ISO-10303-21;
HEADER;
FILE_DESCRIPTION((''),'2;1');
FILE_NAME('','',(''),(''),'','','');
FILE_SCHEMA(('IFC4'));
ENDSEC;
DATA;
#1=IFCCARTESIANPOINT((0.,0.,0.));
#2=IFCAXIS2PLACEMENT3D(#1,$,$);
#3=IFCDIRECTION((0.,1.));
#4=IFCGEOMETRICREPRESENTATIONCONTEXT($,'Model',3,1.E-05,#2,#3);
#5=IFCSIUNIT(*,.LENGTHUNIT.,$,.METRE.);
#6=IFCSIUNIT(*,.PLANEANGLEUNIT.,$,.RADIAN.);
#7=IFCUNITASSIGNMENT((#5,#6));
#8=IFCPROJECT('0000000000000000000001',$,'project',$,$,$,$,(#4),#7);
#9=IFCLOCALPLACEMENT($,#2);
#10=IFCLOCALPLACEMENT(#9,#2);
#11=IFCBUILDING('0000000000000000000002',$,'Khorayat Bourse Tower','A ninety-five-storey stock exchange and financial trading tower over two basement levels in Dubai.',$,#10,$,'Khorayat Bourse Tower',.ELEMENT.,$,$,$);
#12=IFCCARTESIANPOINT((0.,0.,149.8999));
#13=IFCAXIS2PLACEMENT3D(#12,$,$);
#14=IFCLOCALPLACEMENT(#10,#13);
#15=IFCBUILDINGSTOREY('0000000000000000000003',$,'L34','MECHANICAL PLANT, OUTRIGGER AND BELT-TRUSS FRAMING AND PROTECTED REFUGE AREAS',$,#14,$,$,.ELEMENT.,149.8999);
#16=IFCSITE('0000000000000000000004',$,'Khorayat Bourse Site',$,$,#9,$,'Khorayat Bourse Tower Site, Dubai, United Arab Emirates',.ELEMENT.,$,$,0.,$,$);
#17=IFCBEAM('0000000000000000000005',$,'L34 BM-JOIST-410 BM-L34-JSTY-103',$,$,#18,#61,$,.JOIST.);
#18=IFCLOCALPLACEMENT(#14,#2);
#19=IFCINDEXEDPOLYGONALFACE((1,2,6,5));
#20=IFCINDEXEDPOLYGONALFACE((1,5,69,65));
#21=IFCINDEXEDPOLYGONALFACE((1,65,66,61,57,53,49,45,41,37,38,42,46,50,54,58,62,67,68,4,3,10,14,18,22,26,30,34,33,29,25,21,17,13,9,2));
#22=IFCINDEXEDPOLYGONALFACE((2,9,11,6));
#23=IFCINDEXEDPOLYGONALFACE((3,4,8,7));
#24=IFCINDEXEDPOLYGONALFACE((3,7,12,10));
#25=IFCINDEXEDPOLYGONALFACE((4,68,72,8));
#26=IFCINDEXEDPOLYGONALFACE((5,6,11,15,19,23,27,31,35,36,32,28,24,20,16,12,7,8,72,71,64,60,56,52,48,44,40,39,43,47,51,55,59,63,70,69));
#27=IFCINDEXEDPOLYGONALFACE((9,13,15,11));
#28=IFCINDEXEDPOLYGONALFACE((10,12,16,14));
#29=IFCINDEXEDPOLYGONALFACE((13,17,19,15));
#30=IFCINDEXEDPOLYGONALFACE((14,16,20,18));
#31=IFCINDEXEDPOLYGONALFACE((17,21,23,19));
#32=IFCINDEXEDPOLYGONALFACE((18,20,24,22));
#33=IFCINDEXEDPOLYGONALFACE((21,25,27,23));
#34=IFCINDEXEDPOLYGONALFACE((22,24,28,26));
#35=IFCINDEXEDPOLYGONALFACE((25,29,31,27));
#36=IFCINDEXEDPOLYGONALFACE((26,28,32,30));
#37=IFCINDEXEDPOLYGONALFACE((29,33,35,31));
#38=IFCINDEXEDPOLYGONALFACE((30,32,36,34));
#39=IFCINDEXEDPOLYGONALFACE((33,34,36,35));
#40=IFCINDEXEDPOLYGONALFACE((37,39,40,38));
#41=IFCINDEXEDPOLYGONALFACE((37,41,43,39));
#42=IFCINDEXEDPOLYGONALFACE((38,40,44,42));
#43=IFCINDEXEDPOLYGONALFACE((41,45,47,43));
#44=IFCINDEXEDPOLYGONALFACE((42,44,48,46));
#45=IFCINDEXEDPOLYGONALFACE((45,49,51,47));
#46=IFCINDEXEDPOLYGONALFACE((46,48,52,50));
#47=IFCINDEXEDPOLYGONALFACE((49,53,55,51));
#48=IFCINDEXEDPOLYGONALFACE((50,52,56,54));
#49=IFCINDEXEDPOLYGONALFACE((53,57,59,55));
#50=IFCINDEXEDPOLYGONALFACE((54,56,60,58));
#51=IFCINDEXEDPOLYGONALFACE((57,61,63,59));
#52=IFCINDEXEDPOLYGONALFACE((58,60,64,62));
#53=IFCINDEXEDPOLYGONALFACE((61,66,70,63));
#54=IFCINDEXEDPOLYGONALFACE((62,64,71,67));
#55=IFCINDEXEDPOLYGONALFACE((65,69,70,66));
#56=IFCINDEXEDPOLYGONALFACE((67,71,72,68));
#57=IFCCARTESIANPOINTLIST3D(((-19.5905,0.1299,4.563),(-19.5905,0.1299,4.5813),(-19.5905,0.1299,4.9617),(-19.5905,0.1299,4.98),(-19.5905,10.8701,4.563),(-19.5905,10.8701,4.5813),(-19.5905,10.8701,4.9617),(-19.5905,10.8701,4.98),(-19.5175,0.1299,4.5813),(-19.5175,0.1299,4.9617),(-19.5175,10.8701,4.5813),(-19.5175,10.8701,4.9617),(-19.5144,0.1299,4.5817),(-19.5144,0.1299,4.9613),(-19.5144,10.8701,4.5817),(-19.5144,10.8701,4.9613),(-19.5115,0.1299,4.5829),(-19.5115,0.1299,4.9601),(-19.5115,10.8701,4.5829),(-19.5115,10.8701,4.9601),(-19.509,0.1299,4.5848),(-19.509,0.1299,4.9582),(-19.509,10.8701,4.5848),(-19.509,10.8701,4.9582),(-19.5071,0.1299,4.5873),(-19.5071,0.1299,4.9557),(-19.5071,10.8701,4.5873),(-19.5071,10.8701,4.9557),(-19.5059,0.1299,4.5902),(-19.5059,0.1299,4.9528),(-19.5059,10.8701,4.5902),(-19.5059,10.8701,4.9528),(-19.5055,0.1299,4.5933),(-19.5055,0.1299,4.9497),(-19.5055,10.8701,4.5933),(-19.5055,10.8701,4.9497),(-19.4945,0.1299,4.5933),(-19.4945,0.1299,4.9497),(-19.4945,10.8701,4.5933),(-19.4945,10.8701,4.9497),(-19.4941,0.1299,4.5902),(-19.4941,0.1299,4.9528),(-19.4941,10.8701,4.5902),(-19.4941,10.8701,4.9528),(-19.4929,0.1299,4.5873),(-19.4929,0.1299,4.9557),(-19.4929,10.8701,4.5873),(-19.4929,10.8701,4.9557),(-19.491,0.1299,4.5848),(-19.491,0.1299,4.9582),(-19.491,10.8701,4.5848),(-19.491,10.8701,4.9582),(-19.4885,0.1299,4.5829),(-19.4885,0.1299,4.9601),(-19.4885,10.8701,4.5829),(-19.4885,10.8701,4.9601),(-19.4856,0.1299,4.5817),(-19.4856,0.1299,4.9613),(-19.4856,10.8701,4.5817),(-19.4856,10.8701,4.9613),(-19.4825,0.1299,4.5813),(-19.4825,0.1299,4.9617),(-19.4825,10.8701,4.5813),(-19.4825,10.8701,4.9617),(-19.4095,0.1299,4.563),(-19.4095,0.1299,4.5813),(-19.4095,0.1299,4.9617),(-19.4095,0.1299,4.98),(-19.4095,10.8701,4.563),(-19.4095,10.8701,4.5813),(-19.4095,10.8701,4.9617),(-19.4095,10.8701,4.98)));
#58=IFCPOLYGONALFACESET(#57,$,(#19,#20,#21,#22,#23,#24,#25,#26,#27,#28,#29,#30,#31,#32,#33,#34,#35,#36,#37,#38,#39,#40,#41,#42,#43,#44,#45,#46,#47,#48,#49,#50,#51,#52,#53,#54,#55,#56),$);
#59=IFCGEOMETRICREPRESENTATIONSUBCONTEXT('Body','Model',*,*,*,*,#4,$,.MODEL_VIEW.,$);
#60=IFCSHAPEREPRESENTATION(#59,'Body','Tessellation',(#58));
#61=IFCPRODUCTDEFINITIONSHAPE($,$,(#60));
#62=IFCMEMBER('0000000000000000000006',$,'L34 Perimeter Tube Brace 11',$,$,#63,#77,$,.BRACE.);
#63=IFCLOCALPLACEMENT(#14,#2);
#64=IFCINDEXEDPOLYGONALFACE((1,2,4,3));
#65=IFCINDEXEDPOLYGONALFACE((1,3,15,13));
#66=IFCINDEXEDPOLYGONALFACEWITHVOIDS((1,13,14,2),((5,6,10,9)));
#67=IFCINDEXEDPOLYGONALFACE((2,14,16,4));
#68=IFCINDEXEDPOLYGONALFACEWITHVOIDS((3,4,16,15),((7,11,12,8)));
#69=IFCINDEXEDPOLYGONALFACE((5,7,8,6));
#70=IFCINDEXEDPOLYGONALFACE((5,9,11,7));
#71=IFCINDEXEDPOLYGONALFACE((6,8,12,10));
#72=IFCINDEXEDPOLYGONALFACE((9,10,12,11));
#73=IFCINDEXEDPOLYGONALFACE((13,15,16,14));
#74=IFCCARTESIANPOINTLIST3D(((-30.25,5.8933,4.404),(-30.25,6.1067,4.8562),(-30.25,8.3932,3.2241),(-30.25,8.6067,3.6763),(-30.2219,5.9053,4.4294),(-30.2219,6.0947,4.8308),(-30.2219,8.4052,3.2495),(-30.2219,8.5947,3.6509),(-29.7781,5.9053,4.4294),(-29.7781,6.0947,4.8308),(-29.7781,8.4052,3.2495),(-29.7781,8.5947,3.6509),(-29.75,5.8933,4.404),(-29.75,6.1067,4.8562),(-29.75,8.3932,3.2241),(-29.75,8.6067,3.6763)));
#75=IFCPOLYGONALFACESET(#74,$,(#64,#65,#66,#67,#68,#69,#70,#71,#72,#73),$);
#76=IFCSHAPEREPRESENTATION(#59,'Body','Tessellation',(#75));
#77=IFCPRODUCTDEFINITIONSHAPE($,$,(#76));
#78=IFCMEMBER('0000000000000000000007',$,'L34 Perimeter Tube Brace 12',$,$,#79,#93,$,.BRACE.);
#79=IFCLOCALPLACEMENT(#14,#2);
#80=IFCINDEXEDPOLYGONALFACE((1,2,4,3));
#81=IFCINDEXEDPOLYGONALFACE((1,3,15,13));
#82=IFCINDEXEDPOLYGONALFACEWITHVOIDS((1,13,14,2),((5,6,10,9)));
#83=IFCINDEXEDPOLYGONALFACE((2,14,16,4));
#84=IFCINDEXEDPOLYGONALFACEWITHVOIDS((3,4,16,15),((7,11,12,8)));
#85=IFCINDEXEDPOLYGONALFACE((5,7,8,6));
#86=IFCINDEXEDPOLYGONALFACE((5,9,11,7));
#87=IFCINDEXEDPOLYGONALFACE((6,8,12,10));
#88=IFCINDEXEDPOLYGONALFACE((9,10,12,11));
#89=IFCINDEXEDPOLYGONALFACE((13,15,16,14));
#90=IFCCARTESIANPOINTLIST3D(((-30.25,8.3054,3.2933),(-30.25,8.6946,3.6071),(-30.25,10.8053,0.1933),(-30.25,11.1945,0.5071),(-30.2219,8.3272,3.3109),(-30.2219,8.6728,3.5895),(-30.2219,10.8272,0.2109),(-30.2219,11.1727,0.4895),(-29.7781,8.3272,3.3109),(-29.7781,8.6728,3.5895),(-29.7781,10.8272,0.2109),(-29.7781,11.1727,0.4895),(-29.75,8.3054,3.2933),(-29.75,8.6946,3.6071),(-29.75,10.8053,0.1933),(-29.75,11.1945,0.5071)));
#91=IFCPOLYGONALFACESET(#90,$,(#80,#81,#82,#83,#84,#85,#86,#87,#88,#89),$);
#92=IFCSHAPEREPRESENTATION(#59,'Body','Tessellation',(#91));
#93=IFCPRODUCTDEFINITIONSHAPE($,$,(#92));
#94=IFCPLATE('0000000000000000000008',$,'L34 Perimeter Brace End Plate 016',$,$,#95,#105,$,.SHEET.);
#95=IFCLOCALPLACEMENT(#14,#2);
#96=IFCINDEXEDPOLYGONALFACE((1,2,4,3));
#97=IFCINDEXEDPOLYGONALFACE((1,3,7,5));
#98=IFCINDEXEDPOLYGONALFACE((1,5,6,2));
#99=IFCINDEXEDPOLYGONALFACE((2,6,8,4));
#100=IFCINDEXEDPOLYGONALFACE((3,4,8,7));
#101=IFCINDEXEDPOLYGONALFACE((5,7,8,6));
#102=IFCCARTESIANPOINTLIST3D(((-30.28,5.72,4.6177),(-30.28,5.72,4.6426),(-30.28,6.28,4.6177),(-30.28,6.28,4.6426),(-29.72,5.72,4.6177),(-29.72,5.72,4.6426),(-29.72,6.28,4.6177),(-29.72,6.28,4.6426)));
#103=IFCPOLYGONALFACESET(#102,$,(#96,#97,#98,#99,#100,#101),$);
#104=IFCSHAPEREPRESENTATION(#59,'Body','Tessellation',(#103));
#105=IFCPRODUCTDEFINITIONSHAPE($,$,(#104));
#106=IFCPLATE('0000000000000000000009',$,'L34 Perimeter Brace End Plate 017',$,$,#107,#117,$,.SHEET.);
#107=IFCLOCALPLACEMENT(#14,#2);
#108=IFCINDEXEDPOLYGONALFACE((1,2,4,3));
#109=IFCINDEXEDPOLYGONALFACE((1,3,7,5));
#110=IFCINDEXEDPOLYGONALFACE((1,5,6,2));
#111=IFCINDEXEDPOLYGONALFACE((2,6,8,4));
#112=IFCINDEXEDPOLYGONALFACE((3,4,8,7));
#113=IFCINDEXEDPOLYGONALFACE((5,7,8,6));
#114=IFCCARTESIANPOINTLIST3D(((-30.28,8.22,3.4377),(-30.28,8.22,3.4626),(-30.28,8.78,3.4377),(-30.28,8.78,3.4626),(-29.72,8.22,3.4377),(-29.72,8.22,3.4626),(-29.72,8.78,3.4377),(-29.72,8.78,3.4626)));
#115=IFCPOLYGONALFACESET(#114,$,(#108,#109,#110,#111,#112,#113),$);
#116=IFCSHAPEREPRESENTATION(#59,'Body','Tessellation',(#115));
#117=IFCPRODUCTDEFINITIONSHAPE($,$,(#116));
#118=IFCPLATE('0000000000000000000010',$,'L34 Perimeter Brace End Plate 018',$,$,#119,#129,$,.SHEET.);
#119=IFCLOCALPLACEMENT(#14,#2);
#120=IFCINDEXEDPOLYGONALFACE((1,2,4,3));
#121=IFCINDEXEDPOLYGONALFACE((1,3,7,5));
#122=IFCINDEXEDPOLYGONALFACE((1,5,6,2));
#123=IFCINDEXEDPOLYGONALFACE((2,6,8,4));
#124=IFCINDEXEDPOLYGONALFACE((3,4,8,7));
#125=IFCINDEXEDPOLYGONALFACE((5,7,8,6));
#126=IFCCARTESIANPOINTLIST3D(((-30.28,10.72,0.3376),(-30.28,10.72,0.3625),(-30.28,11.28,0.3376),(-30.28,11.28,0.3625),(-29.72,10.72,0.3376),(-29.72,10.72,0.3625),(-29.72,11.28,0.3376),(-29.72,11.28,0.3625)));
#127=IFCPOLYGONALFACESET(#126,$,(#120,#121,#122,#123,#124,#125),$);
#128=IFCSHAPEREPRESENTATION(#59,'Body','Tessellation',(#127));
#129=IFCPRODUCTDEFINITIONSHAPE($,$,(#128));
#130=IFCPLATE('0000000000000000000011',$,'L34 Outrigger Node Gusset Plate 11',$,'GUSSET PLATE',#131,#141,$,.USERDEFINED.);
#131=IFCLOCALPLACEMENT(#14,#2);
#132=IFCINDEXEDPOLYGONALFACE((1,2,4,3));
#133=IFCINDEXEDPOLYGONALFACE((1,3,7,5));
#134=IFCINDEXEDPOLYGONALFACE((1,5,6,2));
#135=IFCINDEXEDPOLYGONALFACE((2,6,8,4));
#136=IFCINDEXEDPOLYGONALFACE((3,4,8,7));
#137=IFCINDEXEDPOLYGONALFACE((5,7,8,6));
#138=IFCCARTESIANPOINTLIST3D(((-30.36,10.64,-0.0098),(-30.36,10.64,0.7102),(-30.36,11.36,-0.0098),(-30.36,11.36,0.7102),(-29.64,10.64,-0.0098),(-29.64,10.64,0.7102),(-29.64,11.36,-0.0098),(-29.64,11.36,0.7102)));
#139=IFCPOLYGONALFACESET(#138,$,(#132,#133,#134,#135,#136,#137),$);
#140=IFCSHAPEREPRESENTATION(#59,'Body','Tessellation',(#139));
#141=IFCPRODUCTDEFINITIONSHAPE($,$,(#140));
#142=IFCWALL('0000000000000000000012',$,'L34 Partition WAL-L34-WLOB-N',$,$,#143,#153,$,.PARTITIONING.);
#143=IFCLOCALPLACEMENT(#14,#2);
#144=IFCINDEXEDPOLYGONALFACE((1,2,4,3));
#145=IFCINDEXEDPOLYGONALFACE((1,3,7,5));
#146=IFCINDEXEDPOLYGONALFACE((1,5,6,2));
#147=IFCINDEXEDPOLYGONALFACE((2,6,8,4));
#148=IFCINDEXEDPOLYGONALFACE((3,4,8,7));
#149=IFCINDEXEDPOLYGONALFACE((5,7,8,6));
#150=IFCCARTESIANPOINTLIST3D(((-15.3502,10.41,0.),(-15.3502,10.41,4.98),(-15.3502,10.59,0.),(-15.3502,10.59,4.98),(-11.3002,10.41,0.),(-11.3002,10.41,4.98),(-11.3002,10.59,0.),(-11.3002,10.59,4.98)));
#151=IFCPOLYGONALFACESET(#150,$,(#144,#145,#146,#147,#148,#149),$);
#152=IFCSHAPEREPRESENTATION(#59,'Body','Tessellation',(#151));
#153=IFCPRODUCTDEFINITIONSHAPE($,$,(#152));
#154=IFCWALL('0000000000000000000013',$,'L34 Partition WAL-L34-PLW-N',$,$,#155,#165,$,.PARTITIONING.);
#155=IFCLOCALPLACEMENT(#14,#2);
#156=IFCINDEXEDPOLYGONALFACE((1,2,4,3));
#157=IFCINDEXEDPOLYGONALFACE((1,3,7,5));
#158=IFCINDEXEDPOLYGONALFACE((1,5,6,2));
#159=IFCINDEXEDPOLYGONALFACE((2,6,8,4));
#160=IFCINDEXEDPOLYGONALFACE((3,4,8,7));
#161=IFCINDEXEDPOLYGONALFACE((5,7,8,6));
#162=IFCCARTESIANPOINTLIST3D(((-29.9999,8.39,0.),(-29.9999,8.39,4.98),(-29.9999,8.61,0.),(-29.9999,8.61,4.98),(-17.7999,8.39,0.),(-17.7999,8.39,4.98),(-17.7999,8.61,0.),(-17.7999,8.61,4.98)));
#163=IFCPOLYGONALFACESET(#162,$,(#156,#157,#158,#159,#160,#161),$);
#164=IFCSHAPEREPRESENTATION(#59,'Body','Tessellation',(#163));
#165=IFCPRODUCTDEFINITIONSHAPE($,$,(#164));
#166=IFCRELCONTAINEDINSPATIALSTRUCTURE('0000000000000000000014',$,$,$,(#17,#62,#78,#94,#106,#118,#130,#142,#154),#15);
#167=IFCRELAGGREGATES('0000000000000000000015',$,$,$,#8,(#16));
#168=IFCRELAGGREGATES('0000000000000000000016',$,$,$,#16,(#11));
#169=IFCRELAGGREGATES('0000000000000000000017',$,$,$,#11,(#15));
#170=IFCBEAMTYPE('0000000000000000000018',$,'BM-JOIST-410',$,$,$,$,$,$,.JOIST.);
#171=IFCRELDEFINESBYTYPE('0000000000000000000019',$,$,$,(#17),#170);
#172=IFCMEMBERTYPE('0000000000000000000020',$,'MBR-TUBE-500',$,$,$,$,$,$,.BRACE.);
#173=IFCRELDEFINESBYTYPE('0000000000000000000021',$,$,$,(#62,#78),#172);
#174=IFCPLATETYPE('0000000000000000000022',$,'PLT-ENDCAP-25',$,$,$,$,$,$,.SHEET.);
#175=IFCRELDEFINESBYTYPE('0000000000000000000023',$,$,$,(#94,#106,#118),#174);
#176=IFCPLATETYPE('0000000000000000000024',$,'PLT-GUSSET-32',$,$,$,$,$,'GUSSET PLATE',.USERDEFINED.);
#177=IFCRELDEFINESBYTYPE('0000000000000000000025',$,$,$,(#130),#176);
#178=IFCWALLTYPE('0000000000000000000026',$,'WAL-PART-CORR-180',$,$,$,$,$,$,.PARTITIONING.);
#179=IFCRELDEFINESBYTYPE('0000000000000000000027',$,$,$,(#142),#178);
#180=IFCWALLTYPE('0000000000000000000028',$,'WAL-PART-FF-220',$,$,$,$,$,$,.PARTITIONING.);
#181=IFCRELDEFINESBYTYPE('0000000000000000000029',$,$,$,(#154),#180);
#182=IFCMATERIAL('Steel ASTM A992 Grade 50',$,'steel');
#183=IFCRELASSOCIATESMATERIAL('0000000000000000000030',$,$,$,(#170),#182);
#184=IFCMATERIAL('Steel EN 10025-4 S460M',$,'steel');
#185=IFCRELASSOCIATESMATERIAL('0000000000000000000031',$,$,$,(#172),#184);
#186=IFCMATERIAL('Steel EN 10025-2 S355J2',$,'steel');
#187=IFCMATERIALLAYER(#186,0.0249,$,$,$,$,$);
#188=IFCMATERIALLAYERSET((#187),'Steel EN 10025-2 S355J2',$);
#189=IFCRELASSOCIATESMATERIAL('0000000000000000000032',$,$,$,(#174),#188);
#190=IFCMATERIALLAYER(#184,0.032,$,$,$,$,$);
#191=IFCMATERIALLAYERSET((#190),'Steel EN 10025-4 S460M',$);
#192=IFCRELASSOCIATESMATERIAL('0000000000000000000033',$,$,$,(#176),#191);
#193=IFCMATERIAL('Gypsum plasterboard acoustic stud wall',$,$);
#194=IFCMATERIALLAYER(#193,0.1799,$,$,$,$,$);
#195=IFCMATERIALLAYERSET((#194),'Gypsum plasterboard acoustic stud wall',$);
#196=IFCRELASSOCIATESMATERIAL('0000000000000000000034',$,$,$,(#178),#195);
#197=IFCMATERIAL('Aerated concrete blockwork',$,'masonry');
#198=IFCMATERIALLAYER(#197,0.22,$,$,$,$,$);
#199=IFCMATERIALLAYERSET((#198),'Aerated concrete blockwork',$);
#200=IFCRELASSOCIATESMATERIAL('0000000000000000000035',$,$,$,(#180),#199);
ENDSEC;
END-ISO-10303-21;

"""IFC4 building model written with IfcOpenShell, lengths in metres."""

from ifc_helpers import new_model, si_unit, direction, frame, frame_2d, origin, origin_2d, place, context, subcontext, project, spatial, rectangle, hollow_rectangle, i_section, extrude, source, transform, mapped, material, layer, layer_set, material_profile, profile_set, type_object, element, save


model = new_model("IFC4")

# Units and contexts
model_context = context("Model", 3, precision=1e-05, world=origin(), true_north=direction((0.0, 1.0)))
body_context = subcontext(model_context, "Body", "Model", "MODEL_VIEW")
ifc_project = project(units=[si_unit("LENGTHUNIT", "METRE"), si_unit("PLANEANGLEUNIT", "RADIAN")], contexts=[model_context])

# Site, building, storey
site_placement = place(None, origin())
site = spatial("IfcSite", under=ifc_project, at=site_placement, Name="Khorayat Bourse Site", LongName="Khorayat Bourse Tower Site, Dubai, United Arab Emirates", CompositionType="ELEMENT", RefElevation=0.0)
building_placement = place(site_placement, origin())
building = spatial("IfcBuilding", under=site, at=building_placement, Name="Khorayat Bourse Tower", Description="A ninety-five-storey stock exchange and financial trading tower over two basement levels in Dubai.", LongName="Khorayat Bourse Tower", CompositionType="ELEMENT")
storey_placement = place(building_placement, frame((0.0, 0.0, 149.8999)))
storey = spatial("IfcBuildingStorey", under=building, at=storey_placement, Name="L34", Description="MECHANICAL PLANT, OUTRIGGER AND BELT-TRUSS FRAMING AND PROTECTED REFUGE AREAS", CompositionType="ELEMENT", Elevation=149.8999)

# Shared definitions
ifc_material_1 = material(Name="Steel EN 10025-4 S460M", Category="steel")

# Beam
ifc_material_2 = material(Name="Steel ASTM A992 Grade 50", Category="steel")
ifc_material_profile_1 = material_profile(ifc_material_2, i_section(OverallWidth=0.1809, OverallDepth=0.417, WebThickness=0.011, FlangeThickness=0.0183, FilletRadius=0.012, at=origin_2d()), Name="W410X85")
ifc_profile_set_1 = profile_set([ifc_material_profile_1], Name="Steel ASTM A992 Grade 50")
beam_type_1 = type_object("IfcBeamType", Name="BM-JOIST-410", PredefinedType="JOIST", material=ifc_profile_set_1)
shared_shape_1 = source(origin(), body_context, "Body", "SweptSolid", [
    extrude(i_section(OverallWidth=0.1809, OverallDepth=0.417, WebThickness=0.011, FlangeThickness=0.0183, FilletRadius=0.012, at=origin_2d()), origin(), (0.0, 0.0, 1.0), 10.7402),
])
beam_1_placement = place(storey_placement, frame((-19.5, 0.1299, 4.7715), z_axis=(0.0, 1.0, 0.0), x_axis=(-1.0, 0.0, 0.0)))
element("IfcBeam", 1, at=beam_1_placement, inside=storey, type_object=beam_type_1, Name="L34 BM-JOIST-410 BM-L34-JSTY-103", PredefinedType="JOIST", context=body_context, shape_type="MappedRepresentation", body=[
    mapped(shared_shape_1, transform((0.0, 0.0, 0.0), scale=1.0)),
])

# Members
ifc_material_profile_2 = material_profile(ifc_material_1, hollow_rectangle(XDim=0.5, YDim=0.5, WallThickness=0.0281, at=origin_2d()), Name="HSS 500x500x28")
ifc_profile_set_2 = profile_set([ifc_material_profile_2], Name="Steel EN 10025-4 S460M")
member_type = type_object("IfcMemberType", Name="MBR-TUBE-500", PredefinedType="BRACE", material=ifc_profile_set_2)
shared_shape_2 = source(origin(), body_context, "Body", "SweptSolid", [
    extrude(hollow_rectangle(XDim=0.5, YDim=0.5, WallThickness=0.0281, at=origin_2d()), origin(), (0.0, 0.0, 1.0), 2.7644),
])
member_1_placement = place(storey_placement, frame((-30.0, 6.0, 4.6301), z_axis=(0.0, 0.904336, -0.426822), x_axis=(-1.0, 0.0, 0.0)))
element("IfcMember", 2, at=member_1_placement, inside=storey, type_object=member_type, Name="L34 Perimeter Tube Brace 11", PredefinedType="BRACE", context=body_context, shape_type="MappedRepresentation", body=[
    mapped(shared_shape_2, transform((0.0, 0.0, 0.0), scale=1.0)),
])
shared_shape_3 = source(origin(), body_context, "Body", "SweptSolid", [
    extrude(hollow_rectangle(XDim=0.5, YDim=0.5, WallThickness=0.0281, at=origin_2d()), origin(), (0.0, 0.0, 1.0), 3.9824),
])
member_2_placement = place(storey_placement, frame((-30.0, 8.5, 3.4502), z_axis=(0.0, 0.62774, -0.778423), x_axis=(-1.0, 0.0, 0.0)))
element("IfcMember", 3, at=member_2_placement, inside=storey, type_object=member_type, Name="L34 Perimeter Tube Brace 12", PredefinedType="BRACE", context=body_context, shape_type="MappedRepresentation", body=[
    mapped(shared_shape_3, transform((0.0, 0.0, 0.0), scale=1.0)),
])

# Plates
ifc_material_3 = material(Name="Steel EN 10025-2 S355J2", Category="steel")
ifc_layer_1 = layer(ifc_material_3, 0.0249)
ifc_layer_set_1 = layer_set([ifc_layer_1], Name="Steel EN 10025-2 S355J2")
plate_type_1 = type_object("IfcPlateType", Name="PLT-ENDCAP-25", PredefinedType="SHEET", material=ifc_layer_set_1)
shared_shape_4 = source(origin(), body_context, "Body", "SweptSolid", [
    extrude(rectangle(XDim=0.5601, YDim=0.5601, at=origin_2d()), origin(), (0.0, 0.0, 1.0), 0.0249),
])
for number, where, z_axis, x_axis, name in (
    (4, (-30.0, 6.0, 4.6177), (0.0, 0.0, 1.0), (1.0, 0.0, 0.0), "L34 Perimeter Brace End Plate 016"),
    (5, (-30.0, 8.5, 3.4377), (0.0, 0.0, 1.0), (1.0, 0.0, 0.0), "L34 Perimeter Brace End Plate 017"),
    (6, (-30.0, 11.0, 0.3376), (0.0, 0.0, 1.0), (1.0, 0.0, 0.0), "L34 Perimeter Brace End Plate 018"),
):
    element("IfcPlate", number, at=place(storey_placement, frame(where, z_axis=z_axis, x_axis=x_axis)), inside=storey, type_object=plate_type_1, Name=name, PredefinedType="SHEET", context=body_context, shape_type="MappedRepresentation", body=[
        mapped(shared_shape_4, transform((0.0, 0.0, 0.0), scale=1.0)),
    ])
ifc_layer_2 = layer(ifc_material_1, 0.032)
ifc_layer_set_2 = layer_set([ifc_layer_2], Name="Steel EN 10025-4 S460M")
plate_type_2 = type_object("IfcPlateType", Name="PLT-GUSSET-32", ElementType="GUSSET PLATE", PredefinedType="USERDEFINED", material=ifc_layer_set_2)
shared_shape_5 = source(origin(), body_context, "Body", "SweptSolid", [
    extrude(rectangle(XDim=0.72, YDim=0.72, at=origin_2d()), origin(), (0.0, 0.0, 1.0), 0.72),
])
plate_placement = place(storey_placement, frame((-30.0, 11.0, -0.0098), z_axis=(0.0, 0.0, 1.0), x_axis=(1.0, 0.0, 0.0)))
element("IfcPlate", 7, at=plate_placement, inside=storey, type_object=plate_type_2, Name="L34 Outrigger Node Gusset Plate 11", ObjectType="GUSSET PLATE", PredefinedType="USERDEFINED", context=body_context, shape_type="MappedRepresentation", body=[
    mapped(shared_shape_5, transform((0.0, 0.0, 0.0), scale=1.0)),
])

# Walls
ifc_material_4 = material(Name="Gypsum plasterboard acoustic stud wall")
ifc_layer_3 = layer(ifc_material_4, 0.1799)
ifc_layer_set_3 = layer_set([ifc_layer_3], Name="Gypsum plasterboard acoustic stud wall")
wall_type_1 = type_object("IfcWallType", Name="WAL-PART-CORR-180", PredefinedType="PARTITIONING", material=ifc_layer_set_3)
shared_shape_6 = source(origin(), body_context, "Body", "SweptSolid", [
    extrude(rectangle(XDim=4.05, YDim=0.1799, at=frame_2d((2.0249, 0.0))), origin(), (0.0, 0.0, 1.0), 4.98),
])
wall_1_placement = place(storey_placement, frame((-15.3501, 10.5, 0.0), z_axis=(0.0, 0.0, 1.0), x_axis=(1.0, 0.0, 0.0)))
element("IfcWall", 8, at=wall_1_placement, inside=storey, type_object=wall_type_1, Name="L34 Partition WAL-L34-WLOB-N", PredefinedType="PARTITIONING", context=body_context, shape_type="MappedRepresentation", body=[
    mapped(shared_shape_6, transform((0.0, 0.0, 0.0), scale=1.0)),
])
ifc_material_5 = material(Name="Aerated concrete blockwork", Category="masonry")
ifc_layer_4 = layer(ifc_material_5, 0.22)
ifc_layer_set_4 = layer_set([ifc_layer_4], Name="Aerated concrete blockwork")
wall_type_2 = type_object("IfcWallType", Name="WAL-PART-FF-220", PredefinedType="PARTITIONING", material=ifc_layer_set_4)
shared_shape_7 = source(origin(), body_context, "Body", "SweptSolid", [
    extrude(rectangle(XDim=12.2, YDim=0.22, at=frame_2d((6.1001, 0.0))), origin(), (0.0, 0.0, 1.0), 4.98),
])
wall_2_placement = place(storey_placement, frame((-30.0, 8.5, 0.0), z_axis=(0.0, 0.0, 1.0), x_axis=(1.0, 0.0, 0.0)))
element("IfcWall", 9, at=wall_2_placement, inside=storey, type_object=wall_type_2, Name="L34 Partition WAL-L34-PLW-N", PredefinedType="PARTITIONING", context=body_context, shape_type="MappedRepresentation", body=[
    mapped(shared_shape_7, transform((0.0, 0.0, 0.0), scale=1.0)),
])

save(model, "model.ifc")
